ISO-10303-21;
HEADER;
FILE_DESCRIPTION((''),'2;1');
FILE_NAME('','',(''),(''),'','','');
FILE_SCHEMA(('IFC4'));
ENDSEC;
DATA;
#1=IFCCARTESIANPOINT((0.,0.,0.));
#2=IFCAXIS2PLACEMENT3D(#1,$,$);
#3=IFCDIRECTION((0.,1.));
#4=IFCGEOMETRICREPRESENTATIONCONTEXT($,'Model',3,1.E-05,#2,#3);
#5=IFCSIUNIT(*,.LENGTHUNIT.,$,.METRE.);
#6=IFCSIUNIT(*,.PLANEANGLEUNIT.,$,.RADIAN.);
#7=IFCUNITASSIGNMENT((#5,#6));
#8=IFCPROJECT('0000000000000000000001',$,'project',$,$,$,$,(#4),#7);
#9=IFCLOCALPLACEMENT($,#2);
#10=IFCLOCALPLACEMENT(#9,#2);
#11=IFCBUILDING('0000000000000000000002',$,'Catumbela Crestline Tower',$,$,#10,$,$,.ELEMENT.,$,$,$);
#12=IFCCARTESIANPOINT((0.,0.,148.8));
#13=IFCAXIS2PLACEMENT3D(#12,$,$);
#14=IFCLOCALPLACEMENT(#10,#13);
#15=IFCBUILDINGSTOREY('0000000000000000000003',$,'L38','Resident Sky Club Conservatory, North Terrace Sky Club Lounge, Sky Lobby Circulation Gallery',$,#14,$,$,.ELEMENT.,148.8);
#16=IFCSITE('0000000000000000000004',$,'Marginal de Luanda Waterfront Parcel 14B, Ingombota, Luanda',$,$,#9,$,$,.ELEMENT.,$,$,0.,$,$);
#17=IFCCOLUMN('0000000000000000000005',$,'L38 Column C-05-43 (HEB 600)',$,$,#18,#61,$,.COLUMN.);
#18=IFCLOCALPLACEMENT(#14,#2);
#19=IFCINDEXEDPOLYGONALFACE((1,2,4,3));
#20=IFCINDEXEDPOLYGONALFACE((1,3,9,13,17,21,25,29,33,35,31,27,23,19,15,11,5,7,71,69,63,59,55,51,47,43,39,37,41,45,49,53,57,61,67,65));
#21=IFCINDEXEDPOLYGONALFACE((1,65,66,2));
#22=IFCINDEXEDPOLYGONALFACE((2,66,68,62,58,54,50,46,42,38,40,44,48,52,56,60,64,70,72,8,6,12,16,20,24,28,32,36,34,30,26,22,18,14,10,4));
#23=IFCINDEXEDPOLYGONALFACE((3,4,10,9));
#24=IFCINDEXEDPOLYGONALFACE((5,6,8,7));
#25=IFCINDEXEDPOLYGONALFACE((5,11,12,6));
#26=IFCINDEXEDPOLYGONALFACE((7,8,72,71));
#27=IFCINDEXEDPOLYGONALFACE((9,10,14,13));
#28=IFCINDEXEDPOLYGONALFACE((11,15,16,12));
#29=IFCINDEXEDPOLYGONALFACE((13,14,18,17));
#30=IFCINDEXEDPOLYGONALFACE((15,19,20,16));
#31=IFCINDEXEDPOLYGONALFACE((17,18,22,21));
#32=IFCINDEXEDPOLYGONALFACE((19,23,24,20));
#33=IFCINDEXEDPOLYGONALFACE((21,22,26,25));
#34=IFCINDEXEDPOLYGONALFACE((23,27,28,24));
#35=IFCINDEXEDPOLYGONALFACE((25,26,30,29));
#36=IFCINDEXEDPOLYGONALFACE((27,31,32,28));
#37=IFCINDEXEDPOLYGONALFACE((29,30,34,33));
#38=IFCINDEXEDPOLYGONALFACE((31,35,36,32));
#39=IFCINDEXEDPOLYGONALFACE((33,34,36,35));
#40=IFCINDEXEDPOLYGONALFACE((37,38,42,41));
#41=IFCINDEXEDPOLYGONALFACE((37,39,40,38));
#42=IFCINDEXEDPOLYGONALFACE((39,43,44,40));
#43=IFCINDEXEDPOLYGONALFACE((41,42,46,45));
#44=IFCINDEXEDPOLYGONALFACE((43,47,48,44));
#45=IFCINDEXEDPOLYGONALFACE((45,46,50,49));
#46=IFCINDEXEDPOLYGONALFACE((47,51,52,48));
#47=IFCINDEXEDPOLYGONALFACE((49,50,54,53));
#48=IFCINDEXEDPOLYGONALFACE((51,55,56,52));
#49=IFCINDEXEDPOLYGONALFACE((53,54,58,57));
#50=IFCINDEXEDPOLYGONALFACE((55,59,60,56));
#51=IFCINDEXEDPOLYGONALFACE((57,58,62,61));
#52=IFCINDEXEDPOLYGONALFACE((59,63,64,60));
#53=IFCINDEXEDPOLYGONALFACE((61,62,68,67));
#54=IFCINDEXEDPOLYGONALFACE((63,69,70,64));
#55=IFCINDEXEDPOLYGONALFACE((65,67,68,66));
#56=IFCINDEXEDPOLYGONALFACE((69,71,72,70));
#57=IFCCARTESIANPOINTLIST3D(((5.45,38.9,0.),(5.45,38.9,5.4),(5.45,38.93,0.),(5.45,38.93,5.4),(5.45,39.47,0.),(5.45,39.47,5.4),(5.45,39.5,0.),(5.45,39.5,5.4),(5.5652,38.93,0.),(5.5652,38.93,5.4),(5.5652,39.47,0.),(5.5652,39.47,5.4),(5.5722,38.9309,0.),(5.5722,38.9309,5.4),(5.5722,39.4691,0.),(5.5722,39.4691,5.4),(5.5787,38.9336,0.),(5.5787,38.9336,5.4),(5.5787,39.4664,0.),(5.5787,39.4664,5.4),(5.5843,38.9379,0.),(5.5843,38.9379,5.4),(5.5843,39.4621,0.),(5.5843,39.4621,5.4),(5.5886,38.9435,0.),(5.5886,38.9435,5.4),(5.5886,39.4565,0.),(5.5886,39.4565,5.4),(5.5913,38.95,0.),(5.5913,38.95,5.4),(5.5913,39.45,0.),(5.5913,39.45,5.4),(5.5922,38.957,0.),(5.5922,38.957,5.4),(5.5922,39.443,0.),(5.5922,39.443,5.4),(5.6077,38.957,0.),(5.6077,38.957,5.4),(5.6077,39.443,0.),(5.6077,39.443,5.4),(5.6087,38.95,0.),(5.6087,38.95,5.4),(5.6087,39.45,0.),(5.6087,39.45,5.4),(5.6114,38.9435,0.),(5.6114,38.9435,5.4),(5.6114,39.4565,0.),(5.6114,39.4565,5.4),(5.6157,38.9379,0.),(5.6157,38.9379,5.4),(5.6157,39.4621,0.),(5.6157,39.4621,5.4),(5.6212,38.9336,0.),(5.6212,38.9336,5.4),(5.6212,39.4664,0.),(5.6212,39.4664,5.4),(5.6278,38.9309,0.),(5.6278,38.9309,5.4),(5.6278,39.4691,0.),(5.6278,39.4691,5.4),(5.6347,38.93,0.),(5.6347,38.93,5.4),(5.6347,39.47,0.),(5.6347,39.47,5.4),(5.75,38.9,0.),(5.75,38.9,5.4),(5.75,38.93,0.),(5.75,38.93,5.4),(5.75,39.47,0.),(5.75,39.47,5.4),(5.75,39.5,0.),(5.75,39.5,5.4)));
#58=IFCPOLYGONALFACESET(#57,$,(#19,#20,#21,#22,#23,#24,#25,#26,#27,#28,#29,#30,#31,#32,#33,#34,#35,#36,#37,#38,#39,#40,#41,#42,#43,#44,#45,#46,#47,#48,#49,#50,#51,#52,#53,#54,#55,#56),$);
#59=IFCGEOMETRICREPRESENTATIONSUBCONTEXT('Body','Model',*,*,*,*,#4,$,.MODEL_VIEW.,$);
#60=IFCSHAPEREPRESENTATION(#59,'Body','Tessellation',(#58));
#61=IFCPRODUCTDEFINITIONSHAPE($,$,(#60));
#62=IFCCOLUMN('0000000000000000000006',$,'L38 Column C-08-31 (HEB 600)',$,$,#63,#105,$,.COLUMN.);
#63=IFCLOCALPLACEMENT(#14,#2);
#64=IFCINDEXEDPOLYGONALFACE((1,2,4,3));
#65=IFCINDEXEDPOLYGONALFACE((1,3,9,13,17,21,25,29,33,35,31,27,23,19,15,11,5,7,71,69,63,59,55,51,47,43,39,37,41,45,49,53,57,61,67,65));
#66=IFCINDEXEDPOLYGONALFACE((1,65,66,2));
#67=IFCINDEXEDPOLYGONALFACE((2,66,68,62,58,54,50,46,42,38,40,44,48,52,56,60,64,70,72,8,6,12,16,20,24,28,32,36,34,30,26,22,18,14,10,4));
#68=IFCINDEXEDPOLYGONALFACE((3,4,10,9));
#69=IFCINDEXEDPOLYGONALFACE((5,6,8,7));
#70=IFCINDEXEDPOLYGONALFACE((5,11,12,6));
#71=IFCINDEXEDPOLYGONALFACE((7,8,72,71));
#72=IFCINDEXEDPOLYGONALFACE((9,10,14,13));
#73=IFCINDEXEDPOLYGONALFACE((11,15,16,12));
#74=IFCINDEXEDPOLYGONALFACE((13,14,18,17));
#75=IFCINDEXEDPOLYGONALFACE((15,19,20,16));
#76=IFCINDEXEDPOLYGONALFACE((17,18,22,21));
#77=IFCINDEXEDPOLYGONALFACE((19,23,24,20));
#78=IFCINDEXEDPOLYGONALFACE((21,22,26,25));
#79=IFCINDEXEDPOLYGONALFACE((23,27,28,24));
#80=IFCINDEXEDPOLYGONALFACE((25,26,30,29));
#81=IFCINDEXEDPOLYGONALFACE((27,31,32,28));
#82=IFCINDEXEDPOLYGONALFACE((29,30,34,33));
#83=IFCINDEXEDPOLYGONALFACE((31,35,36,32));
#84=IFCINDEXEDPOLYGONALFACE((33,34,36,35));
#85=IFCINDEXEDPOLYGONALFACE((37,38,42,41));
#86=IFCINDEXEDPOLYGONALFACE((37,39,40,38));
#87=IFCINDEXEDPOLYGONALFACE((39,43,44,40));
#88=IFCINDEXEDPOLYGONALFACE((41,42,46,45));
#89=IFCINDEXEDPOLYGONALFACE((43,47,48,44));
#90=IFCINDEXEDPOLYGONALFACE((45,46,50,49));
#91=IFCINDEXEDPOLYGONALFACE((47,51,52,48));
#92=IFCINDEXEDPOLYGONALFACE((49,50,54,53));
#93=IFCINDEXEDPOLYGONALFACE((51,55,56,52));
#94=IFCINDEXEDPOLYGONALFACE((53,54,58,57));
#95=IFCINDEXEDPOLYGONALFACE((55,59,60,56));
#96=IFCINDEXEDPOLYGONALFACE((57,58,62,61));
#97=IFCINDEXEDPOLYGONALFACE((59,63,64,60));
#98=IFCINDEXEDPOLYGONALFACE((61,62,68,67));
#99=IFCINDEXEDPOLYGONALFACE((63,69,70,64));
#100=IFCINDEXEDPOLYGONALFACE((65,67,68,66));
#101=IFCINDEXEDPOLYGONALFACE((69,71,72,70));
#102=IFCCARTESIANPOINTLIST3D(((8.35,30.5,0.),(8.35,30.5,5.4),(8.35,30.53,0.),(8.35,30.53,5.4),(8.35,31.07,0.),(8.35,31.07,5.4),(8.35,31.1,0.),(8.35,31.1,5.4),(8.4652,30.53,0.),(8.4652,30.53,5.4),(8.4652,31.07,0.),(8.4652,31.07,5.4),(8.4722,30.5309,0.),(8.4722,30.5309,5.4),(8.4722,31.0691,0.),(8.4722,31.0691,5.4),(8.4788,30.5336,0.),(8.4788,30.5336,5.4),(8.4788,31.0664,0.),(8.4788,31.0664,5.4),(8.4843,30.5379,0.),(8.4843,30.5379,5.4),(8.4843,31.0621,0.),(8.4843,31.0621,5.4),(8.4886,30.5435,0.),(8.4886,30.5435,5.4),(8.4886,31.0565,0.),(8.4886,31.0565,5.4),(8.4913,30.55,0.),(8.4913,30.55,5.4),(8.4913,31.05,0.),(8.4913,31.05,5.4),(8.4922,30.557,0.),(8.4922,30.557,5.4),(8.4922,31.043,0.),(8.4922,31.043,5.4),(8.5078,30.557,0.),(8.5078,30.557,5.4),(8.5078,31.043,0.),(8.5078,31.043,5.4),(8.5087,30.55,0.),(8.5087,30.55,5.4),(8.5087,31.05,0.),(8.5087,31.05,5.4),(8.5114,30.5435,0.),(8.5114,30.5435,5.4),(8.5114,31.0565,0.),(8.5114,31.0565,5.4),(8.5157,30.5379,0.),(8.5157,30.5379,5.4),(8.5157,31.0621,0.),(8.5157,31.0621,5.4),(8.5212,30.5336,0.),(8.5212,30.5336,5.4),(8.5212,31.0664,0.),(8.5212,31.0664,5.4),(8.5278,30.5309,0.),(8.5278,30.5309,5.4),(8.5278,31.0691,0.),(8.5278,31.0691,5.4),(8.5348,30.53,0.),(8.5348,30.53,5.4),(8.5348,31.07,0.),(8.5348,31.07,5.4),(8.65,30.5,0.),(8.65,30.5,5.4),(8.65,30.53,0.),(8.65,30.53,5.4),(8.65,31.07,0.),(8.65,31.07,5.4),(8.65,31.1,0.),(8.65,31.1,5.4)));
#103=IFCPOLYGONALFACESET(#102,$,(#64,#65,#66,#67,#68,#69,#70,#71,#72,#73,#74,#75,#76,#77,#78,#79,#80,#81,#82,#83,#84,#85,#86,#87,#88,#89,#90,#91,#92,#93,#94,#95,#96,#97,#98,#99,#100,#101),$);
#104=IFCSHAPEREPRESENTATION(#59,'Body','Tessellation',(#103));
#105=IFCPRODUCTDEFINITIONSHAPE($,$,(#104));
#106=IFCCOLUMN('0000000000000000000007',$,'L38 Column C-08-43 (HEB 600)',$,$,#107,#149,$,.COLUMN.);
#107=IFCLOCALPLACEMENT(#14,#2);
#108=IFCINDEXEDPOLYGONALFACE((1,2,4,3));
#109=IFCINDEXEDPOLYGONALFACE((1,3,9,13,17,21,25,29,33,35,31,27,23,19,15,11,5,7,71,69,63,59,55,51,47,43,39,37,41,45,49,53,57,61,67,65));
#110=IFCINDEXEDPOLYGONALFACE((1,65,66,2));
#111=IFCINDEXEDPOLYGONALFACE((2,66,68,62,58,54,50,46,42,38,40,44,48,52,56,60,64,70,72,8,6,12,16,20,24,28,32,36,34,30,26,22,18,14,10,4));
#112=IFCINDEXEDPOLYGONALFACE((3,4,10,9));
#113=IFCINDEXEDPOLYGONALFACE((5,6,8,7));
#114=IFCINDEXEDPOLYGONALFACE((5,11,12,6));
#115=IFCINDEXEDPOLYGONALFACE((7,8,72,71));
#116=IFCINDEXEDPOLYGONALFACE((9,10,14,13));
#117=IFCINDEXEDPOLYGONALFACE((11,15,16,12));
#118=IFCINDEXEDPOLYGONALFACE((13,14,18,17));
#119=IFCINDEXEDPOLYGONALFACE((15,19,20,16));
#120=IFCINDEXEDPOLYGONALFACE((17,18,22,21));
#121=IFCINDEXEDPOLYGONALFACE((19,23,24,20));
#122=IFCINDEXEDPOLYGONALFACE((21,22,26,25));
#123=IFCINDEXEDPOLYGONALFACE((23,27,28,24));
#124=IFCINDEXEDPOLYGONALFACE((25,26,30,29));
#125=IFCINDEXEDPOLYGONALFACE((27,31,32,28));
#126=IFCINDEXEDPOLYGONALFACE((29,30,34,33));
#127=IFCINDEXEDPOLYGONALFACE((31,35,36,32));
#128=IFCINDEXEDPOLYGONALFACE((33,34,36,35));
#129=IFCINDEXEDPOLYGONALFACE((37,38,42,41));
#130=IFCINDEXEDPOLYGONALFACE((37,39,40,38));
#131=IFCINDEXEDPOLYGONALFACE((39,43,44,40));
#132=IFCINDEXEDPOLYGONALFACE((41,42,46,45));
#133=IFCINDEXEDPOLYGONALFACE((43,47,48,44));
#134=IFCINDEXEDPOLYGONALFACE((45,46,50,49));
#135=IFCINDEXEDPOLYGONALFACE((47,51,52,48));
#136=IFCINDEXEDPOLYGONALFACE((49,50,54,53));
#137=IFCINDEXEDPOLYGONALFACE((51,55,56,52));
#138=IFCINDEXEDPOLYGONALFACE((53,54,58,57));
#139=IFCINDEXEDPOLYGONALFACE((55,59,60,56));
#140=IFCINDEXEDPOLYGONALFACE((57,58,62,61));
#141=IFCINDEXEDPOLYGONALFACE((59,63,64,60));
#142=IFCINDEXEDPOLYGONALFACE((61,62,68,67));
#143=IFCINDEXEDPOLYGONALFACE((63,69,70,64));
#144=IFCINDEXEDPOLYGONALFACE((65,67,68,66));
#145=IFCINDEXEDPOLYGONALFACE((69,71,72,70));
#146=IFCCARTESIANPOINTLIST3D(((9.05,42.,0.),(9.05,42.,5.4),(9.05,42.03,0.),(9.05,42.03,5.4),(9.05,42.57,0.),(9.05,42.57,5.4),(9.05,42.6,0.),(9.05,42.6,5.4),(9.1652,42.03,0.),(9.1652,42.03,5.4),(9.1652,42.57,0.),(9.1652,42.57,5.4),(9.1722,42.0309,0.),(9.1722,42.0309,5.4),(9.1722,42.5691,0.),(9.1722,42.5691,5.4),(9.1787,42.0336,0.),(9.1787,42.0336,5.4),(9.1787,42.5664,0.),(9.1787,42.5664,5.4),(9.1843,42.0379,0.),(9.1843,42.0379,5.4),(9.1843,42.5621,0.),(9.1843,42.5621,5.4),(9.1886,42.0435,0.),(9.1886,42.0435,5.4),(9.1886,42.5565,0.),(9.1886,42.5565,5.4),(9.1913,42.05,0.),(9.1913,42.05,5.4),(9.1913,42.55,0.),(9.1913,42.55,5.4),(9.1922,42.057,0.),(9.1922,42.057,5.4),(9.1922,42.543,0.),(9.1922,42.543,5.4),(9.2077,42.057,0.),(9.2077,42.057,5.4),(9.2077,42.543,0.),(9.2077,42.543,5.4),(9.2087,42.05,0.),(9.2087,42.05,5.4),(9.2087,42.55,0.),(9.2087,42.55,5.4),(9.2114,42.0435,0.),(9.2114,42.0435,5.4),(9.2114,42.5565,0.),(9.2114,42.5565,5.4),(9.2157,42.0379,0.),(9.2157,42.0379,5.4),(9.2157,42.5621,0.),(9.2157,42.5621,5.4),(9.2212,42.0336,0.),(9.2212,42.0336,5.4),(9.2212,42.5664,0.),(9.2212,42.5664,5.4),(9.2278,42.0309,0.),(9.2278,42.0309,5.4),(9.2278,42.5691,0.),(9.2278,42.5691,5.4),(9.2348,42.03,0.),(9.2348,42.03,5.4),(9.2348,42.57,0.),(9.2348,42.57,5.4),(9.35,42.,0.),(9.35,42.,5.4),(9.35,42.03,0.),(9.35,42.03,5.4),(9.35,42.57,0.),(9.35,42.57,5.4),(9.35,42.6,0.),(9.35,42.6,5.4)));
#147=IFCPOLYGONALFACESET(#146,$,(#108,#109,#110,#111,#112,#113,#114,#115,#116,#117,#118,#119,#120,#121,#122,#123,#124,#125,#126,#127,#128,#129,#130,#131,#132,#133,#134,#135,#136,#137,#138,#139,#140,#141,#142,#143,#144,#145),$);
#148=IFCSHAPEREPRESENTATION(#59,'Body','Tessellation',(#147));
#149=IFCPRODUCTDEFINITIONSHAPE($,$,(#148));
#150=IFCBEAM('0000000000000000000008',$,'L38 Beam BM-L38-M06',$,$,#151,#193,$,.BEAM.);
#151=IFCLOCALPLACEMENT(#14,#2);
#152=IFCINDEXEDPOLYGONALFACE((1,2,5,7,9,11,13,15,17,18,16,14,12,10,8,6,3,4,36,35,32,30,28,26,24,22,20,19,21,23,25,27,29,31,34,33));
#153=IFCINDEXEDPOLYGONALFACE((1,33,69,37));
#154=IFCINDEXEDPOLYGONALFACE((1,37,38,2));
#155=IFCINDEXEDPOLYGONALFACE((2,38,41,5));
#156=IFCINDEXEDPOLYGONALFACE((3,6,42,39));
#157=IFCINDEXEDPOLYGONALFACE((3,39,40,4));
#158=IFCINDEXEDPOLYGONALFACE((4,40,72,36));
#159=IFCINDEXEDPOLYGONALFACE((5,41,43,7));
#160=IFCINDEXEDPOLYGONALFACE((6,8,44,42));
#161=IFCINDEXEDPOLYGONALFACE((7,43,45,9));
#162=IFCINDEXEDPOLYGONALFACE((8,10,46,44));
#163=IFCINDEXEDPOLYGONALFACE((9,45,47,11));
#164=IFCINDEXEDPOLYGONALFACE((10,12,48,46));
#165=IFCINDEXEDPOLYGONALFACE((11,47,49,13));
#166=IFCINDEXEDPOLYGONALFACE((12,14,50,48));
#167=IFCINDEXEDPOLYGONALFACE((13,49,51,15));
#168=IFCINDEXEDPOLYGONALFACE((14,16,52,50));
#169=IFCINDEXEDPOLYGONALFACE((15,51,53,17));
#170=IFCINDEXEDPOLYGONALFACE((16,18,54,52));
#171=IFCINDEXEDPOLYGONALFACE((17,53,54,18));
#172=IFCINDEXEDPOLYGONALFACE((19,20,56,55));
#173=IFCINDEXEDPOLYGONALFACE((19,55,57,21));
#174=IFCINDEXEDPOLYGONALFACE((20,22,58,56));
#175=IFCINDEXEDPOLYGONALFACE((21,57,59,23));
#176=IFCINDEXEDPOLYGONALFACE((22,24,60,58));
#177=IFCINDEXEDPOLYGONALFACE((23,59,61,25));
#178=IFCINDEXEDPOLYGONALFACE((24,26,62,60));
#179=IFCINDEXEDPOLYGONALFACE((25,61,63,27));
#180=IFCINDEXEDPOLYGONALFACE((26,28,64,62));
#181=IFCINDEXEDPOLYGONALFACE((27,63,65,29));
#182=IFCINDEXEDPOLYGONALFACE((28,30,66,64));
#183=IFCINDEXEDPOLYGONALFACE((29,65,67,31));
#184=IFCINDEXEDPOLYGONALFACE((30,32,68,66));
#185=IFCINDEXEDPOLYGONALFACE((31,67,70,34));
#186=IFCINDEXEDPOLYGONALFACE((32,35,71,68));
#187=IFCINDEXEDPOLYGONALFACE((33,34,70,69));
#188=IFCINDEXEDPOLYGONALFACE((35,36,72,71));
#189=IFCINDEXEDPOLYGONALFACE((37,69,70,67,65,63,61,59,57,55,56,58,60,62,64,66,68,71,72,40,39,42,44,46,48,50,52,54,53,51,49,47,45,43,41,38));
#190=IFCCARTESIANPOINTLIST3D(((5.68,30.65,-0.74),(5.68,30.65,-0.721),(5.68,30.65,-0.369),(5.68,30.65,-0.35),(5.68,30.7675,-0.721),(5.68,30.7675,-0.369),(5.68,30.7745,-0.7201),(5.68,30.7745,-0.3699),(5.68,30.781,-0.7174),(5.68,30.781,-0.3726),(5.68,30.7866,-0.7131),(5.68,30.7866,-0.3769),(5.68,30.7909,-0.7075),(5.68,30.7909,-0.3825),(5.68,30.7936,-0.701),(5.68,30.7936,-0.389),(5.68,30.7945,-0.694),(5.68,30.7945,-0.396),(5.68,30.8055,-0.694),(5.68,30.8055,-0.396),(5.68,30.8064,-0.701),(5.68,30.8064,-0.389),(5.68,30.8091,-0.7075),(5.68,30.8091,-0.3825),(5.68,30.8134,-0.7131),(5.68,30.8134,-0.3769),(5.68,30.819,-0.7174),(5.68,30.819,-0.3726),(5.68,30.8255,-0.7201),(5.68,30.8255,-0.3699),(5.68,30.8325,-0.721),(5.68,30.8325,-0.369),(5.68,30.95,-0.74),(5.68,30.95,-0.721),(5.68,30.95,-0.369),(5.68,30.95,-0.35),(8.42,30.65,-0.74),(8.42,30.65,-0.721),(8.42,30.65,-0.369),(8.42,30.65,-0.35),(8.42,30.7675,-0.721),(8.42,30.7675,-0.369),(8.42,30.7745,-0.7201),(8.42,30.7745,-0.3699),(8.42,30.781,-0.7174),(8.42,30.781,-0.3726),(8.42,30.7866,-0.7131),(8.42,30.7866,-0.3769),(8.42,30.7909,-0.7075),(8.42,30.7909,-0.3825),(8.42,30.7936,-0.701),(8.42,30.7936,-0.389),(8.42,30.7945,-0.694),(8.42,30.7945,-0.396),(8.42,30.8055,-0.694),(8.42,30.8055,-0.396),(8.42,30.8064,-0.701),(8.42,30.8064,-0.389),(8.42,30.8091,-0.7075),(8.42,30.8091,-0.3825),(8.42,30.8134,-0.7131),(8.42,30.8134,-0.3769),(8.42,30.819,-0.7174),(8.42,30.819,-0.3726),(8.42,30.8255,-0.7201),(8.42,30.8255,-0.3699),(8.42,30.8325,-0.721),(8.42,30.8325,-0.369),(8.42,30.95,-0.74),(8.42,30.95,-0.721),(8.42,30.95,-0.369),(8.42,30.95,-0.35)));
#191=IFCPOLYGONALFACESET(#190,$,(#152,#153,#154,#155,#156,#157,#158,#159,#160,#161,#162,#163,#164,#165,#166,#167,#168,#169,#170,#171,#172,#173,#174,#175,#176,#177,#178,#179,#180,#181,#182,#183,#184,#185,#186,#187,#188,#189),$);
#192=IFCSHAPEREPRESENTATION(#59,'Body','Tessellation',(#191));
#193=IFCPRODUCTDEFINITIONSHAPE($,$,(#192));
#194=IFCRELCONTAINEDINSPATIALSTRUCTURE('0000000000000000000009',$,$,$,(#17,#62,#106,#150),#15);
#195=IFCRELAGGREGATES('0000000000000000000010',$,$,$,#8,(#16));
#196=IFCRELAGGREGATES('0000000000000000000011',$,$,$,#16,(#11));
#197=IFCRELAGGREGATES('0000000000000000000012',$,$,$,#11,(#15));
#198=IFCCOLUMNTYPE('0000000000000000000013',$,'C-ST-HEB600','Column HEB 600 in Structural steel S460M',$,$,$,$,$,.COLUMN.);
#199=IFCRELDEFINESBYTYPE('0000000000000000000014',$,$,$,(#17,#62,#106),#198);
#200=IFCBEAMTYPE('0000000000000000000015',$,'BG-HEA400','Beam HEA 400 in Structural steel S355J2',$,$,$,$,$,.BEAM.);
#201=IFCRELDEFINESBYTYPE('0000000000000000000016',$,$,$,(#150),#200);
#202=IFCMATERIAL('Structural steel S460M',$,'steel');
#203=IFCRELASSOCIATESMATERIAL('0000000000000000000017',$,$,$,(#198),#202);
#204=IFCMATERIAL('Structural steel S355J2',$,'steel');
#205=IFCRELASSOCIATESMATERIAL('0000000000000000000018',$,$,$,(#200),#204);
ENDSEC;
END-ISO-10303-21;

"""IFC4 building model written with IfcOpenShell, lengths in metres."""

from ifc_helpers import new_model, si_unit, direction, frame, origin, origin_2d, place, context, subcontext, project, spatial, i_section, extrude, material, material_profile, profile_set, type_object, element, save


model = new_model("IFC4")

# Units and contexts
model_context = context("Model", 3, precision=1e-05, world=origin(), true_north=direction((0.0, 1.0)))
body_context = subcontext(model_context, "Body", "Model", "MODEL_VIEW")
ifc_project = project(units=[si_unit("LENGTHUNIT", "METRE"), si_unit("PLANEANGLEUNIT", "RADIAN")], contexts=[model_context])

# Site, building, storey
site_placement = place(None, origin())
site = spatial("IfcSite", under=ifc_project, at=site_placement, Name="Marginal de Luanda Waterfront Parcel 14B, Ingombota, Luanda", CompositionType="ELEMENT", RefElevation=0.0)
building_placement = place(site_placement, origin())
building = spatial("IfcBuilding", under=site, at=building_placement, Name="Catumbela Crestline Tower", CompositionType="ELEMENT")
storey_placement = place(building_placement, frame((0.0, 0.0, 148.8)))
storey = spatial("IfcBuildingStorey", under=building, at=storey_placement, Name="L38", Description="Resident Sky Club Conservatory, North Terrace Sky Club Lounge, Sky Lobby Circulation Gallery", CompositionType="ELEMENT", Elevation=148.8)

# Columns
ifc_material_1 = material(Name="Structural steel S460M", Category="steel")
ifc_material_profile_1 = material_profile(ifc_material_1, i_section(OverallWidth=0.3, OverallDepth=0.6, WebThickness=0.0155, FlangeThickness=0.03, FilletRadius=0.027, at=origin_2d()), Name="HEB 600")
ifc_profile_set_1 = profile_set([ifc_material_profile_1], Name="Structural steel S460M")
column_type = type_object("IfcColumnType", Name="C-ST-HEB600", Description="Column HEB 600 in Structural steel S460M", PredefinedType="COLUMN", material=ifc_profile_set_1)
for number, where, z_axis, x_axis, name in (
    (1, (5.6, 39.2, 0.0), (0.0, 0.0, 1.0), (1.0, 0.0, 0.0), "L38 Column C-05-43 (HEB 600)"),
    (2, (8.5, 30.8, 0.0), (0.0, 0.0, 1.0), (1.0, 0.0, 0.0), "L38 Column C-08-31 (HEB 600)"),
    (3, (9.2, 42.3, 0.0), (0.0, 0.0, 1.0), (1.0, 0.0, 0.0), "L38 Column C-08-43 (HEB 600)"),
):
    element("IfcColumn", number, at=place(storey_placement, frame(where, z_axis=z_axis, x_axis=x_axis)), inside=storey, type_object=column_type, Name=name, PredefinedType="COLUMN", context=body_context, shape_type="SweptSolid", body=[
        extrude(i_section(OverallWidth=0.3, OverallDepth=0.6, WebThickness=0.0155, FlangeThickness=0.03, FilletRadius=0.027, at=origin_2d()), origin(), (0.0, 0.0, 1.0), 5.4),
    ])

# Beam
ifc_material_2 = material(Name="Structural steel S355J2", Category="steel")
ifc_material_profile_2 = material_profile(ifc_material_2, i_section(OverallWidth=0.3, OverallDepth=0.39, WebThickness=0.011, FlangeThickness=0.019, FilletRadius=0.027, at=origin_2d()), Name="HEA 400")
ifc_profile_set_2 = profile_set([ifc_material_profile_2], Name="Structural steel S355J2")
beam_type_1 = type_object("IfcBeamType", Name="BG-HEA400", Description="Beam HEA 400 in Structural steel S355J2", PredefinedType="BEAM", material=ifc_profile_set_2)
beam_1_placement = place(storey_placement, frame((5.68, 30.8, -0.545), z_axis=(1.0, 0.0, 0.0), x_axis=(0.0, 1.0, 0.0)))
element("IfcBeam", 4, at=beam_1_placement, inside=storey, type_object=beam_type_1, Name="L38 Beam BM-L38-M06", PredefinedType="BEAM", context=body_context, shape_type="SweptSolid", body=[
    extrude(i_section(OverallWidth=0.3, OverallDepth=0.39, WebThickness=0.011, FlangeThickness=0.019, FilletRadius=0.027, at=origin_2d()), origin(), (0.0, 0.0, 1.0), 2.74),
])

save(model, "model.ifc")
